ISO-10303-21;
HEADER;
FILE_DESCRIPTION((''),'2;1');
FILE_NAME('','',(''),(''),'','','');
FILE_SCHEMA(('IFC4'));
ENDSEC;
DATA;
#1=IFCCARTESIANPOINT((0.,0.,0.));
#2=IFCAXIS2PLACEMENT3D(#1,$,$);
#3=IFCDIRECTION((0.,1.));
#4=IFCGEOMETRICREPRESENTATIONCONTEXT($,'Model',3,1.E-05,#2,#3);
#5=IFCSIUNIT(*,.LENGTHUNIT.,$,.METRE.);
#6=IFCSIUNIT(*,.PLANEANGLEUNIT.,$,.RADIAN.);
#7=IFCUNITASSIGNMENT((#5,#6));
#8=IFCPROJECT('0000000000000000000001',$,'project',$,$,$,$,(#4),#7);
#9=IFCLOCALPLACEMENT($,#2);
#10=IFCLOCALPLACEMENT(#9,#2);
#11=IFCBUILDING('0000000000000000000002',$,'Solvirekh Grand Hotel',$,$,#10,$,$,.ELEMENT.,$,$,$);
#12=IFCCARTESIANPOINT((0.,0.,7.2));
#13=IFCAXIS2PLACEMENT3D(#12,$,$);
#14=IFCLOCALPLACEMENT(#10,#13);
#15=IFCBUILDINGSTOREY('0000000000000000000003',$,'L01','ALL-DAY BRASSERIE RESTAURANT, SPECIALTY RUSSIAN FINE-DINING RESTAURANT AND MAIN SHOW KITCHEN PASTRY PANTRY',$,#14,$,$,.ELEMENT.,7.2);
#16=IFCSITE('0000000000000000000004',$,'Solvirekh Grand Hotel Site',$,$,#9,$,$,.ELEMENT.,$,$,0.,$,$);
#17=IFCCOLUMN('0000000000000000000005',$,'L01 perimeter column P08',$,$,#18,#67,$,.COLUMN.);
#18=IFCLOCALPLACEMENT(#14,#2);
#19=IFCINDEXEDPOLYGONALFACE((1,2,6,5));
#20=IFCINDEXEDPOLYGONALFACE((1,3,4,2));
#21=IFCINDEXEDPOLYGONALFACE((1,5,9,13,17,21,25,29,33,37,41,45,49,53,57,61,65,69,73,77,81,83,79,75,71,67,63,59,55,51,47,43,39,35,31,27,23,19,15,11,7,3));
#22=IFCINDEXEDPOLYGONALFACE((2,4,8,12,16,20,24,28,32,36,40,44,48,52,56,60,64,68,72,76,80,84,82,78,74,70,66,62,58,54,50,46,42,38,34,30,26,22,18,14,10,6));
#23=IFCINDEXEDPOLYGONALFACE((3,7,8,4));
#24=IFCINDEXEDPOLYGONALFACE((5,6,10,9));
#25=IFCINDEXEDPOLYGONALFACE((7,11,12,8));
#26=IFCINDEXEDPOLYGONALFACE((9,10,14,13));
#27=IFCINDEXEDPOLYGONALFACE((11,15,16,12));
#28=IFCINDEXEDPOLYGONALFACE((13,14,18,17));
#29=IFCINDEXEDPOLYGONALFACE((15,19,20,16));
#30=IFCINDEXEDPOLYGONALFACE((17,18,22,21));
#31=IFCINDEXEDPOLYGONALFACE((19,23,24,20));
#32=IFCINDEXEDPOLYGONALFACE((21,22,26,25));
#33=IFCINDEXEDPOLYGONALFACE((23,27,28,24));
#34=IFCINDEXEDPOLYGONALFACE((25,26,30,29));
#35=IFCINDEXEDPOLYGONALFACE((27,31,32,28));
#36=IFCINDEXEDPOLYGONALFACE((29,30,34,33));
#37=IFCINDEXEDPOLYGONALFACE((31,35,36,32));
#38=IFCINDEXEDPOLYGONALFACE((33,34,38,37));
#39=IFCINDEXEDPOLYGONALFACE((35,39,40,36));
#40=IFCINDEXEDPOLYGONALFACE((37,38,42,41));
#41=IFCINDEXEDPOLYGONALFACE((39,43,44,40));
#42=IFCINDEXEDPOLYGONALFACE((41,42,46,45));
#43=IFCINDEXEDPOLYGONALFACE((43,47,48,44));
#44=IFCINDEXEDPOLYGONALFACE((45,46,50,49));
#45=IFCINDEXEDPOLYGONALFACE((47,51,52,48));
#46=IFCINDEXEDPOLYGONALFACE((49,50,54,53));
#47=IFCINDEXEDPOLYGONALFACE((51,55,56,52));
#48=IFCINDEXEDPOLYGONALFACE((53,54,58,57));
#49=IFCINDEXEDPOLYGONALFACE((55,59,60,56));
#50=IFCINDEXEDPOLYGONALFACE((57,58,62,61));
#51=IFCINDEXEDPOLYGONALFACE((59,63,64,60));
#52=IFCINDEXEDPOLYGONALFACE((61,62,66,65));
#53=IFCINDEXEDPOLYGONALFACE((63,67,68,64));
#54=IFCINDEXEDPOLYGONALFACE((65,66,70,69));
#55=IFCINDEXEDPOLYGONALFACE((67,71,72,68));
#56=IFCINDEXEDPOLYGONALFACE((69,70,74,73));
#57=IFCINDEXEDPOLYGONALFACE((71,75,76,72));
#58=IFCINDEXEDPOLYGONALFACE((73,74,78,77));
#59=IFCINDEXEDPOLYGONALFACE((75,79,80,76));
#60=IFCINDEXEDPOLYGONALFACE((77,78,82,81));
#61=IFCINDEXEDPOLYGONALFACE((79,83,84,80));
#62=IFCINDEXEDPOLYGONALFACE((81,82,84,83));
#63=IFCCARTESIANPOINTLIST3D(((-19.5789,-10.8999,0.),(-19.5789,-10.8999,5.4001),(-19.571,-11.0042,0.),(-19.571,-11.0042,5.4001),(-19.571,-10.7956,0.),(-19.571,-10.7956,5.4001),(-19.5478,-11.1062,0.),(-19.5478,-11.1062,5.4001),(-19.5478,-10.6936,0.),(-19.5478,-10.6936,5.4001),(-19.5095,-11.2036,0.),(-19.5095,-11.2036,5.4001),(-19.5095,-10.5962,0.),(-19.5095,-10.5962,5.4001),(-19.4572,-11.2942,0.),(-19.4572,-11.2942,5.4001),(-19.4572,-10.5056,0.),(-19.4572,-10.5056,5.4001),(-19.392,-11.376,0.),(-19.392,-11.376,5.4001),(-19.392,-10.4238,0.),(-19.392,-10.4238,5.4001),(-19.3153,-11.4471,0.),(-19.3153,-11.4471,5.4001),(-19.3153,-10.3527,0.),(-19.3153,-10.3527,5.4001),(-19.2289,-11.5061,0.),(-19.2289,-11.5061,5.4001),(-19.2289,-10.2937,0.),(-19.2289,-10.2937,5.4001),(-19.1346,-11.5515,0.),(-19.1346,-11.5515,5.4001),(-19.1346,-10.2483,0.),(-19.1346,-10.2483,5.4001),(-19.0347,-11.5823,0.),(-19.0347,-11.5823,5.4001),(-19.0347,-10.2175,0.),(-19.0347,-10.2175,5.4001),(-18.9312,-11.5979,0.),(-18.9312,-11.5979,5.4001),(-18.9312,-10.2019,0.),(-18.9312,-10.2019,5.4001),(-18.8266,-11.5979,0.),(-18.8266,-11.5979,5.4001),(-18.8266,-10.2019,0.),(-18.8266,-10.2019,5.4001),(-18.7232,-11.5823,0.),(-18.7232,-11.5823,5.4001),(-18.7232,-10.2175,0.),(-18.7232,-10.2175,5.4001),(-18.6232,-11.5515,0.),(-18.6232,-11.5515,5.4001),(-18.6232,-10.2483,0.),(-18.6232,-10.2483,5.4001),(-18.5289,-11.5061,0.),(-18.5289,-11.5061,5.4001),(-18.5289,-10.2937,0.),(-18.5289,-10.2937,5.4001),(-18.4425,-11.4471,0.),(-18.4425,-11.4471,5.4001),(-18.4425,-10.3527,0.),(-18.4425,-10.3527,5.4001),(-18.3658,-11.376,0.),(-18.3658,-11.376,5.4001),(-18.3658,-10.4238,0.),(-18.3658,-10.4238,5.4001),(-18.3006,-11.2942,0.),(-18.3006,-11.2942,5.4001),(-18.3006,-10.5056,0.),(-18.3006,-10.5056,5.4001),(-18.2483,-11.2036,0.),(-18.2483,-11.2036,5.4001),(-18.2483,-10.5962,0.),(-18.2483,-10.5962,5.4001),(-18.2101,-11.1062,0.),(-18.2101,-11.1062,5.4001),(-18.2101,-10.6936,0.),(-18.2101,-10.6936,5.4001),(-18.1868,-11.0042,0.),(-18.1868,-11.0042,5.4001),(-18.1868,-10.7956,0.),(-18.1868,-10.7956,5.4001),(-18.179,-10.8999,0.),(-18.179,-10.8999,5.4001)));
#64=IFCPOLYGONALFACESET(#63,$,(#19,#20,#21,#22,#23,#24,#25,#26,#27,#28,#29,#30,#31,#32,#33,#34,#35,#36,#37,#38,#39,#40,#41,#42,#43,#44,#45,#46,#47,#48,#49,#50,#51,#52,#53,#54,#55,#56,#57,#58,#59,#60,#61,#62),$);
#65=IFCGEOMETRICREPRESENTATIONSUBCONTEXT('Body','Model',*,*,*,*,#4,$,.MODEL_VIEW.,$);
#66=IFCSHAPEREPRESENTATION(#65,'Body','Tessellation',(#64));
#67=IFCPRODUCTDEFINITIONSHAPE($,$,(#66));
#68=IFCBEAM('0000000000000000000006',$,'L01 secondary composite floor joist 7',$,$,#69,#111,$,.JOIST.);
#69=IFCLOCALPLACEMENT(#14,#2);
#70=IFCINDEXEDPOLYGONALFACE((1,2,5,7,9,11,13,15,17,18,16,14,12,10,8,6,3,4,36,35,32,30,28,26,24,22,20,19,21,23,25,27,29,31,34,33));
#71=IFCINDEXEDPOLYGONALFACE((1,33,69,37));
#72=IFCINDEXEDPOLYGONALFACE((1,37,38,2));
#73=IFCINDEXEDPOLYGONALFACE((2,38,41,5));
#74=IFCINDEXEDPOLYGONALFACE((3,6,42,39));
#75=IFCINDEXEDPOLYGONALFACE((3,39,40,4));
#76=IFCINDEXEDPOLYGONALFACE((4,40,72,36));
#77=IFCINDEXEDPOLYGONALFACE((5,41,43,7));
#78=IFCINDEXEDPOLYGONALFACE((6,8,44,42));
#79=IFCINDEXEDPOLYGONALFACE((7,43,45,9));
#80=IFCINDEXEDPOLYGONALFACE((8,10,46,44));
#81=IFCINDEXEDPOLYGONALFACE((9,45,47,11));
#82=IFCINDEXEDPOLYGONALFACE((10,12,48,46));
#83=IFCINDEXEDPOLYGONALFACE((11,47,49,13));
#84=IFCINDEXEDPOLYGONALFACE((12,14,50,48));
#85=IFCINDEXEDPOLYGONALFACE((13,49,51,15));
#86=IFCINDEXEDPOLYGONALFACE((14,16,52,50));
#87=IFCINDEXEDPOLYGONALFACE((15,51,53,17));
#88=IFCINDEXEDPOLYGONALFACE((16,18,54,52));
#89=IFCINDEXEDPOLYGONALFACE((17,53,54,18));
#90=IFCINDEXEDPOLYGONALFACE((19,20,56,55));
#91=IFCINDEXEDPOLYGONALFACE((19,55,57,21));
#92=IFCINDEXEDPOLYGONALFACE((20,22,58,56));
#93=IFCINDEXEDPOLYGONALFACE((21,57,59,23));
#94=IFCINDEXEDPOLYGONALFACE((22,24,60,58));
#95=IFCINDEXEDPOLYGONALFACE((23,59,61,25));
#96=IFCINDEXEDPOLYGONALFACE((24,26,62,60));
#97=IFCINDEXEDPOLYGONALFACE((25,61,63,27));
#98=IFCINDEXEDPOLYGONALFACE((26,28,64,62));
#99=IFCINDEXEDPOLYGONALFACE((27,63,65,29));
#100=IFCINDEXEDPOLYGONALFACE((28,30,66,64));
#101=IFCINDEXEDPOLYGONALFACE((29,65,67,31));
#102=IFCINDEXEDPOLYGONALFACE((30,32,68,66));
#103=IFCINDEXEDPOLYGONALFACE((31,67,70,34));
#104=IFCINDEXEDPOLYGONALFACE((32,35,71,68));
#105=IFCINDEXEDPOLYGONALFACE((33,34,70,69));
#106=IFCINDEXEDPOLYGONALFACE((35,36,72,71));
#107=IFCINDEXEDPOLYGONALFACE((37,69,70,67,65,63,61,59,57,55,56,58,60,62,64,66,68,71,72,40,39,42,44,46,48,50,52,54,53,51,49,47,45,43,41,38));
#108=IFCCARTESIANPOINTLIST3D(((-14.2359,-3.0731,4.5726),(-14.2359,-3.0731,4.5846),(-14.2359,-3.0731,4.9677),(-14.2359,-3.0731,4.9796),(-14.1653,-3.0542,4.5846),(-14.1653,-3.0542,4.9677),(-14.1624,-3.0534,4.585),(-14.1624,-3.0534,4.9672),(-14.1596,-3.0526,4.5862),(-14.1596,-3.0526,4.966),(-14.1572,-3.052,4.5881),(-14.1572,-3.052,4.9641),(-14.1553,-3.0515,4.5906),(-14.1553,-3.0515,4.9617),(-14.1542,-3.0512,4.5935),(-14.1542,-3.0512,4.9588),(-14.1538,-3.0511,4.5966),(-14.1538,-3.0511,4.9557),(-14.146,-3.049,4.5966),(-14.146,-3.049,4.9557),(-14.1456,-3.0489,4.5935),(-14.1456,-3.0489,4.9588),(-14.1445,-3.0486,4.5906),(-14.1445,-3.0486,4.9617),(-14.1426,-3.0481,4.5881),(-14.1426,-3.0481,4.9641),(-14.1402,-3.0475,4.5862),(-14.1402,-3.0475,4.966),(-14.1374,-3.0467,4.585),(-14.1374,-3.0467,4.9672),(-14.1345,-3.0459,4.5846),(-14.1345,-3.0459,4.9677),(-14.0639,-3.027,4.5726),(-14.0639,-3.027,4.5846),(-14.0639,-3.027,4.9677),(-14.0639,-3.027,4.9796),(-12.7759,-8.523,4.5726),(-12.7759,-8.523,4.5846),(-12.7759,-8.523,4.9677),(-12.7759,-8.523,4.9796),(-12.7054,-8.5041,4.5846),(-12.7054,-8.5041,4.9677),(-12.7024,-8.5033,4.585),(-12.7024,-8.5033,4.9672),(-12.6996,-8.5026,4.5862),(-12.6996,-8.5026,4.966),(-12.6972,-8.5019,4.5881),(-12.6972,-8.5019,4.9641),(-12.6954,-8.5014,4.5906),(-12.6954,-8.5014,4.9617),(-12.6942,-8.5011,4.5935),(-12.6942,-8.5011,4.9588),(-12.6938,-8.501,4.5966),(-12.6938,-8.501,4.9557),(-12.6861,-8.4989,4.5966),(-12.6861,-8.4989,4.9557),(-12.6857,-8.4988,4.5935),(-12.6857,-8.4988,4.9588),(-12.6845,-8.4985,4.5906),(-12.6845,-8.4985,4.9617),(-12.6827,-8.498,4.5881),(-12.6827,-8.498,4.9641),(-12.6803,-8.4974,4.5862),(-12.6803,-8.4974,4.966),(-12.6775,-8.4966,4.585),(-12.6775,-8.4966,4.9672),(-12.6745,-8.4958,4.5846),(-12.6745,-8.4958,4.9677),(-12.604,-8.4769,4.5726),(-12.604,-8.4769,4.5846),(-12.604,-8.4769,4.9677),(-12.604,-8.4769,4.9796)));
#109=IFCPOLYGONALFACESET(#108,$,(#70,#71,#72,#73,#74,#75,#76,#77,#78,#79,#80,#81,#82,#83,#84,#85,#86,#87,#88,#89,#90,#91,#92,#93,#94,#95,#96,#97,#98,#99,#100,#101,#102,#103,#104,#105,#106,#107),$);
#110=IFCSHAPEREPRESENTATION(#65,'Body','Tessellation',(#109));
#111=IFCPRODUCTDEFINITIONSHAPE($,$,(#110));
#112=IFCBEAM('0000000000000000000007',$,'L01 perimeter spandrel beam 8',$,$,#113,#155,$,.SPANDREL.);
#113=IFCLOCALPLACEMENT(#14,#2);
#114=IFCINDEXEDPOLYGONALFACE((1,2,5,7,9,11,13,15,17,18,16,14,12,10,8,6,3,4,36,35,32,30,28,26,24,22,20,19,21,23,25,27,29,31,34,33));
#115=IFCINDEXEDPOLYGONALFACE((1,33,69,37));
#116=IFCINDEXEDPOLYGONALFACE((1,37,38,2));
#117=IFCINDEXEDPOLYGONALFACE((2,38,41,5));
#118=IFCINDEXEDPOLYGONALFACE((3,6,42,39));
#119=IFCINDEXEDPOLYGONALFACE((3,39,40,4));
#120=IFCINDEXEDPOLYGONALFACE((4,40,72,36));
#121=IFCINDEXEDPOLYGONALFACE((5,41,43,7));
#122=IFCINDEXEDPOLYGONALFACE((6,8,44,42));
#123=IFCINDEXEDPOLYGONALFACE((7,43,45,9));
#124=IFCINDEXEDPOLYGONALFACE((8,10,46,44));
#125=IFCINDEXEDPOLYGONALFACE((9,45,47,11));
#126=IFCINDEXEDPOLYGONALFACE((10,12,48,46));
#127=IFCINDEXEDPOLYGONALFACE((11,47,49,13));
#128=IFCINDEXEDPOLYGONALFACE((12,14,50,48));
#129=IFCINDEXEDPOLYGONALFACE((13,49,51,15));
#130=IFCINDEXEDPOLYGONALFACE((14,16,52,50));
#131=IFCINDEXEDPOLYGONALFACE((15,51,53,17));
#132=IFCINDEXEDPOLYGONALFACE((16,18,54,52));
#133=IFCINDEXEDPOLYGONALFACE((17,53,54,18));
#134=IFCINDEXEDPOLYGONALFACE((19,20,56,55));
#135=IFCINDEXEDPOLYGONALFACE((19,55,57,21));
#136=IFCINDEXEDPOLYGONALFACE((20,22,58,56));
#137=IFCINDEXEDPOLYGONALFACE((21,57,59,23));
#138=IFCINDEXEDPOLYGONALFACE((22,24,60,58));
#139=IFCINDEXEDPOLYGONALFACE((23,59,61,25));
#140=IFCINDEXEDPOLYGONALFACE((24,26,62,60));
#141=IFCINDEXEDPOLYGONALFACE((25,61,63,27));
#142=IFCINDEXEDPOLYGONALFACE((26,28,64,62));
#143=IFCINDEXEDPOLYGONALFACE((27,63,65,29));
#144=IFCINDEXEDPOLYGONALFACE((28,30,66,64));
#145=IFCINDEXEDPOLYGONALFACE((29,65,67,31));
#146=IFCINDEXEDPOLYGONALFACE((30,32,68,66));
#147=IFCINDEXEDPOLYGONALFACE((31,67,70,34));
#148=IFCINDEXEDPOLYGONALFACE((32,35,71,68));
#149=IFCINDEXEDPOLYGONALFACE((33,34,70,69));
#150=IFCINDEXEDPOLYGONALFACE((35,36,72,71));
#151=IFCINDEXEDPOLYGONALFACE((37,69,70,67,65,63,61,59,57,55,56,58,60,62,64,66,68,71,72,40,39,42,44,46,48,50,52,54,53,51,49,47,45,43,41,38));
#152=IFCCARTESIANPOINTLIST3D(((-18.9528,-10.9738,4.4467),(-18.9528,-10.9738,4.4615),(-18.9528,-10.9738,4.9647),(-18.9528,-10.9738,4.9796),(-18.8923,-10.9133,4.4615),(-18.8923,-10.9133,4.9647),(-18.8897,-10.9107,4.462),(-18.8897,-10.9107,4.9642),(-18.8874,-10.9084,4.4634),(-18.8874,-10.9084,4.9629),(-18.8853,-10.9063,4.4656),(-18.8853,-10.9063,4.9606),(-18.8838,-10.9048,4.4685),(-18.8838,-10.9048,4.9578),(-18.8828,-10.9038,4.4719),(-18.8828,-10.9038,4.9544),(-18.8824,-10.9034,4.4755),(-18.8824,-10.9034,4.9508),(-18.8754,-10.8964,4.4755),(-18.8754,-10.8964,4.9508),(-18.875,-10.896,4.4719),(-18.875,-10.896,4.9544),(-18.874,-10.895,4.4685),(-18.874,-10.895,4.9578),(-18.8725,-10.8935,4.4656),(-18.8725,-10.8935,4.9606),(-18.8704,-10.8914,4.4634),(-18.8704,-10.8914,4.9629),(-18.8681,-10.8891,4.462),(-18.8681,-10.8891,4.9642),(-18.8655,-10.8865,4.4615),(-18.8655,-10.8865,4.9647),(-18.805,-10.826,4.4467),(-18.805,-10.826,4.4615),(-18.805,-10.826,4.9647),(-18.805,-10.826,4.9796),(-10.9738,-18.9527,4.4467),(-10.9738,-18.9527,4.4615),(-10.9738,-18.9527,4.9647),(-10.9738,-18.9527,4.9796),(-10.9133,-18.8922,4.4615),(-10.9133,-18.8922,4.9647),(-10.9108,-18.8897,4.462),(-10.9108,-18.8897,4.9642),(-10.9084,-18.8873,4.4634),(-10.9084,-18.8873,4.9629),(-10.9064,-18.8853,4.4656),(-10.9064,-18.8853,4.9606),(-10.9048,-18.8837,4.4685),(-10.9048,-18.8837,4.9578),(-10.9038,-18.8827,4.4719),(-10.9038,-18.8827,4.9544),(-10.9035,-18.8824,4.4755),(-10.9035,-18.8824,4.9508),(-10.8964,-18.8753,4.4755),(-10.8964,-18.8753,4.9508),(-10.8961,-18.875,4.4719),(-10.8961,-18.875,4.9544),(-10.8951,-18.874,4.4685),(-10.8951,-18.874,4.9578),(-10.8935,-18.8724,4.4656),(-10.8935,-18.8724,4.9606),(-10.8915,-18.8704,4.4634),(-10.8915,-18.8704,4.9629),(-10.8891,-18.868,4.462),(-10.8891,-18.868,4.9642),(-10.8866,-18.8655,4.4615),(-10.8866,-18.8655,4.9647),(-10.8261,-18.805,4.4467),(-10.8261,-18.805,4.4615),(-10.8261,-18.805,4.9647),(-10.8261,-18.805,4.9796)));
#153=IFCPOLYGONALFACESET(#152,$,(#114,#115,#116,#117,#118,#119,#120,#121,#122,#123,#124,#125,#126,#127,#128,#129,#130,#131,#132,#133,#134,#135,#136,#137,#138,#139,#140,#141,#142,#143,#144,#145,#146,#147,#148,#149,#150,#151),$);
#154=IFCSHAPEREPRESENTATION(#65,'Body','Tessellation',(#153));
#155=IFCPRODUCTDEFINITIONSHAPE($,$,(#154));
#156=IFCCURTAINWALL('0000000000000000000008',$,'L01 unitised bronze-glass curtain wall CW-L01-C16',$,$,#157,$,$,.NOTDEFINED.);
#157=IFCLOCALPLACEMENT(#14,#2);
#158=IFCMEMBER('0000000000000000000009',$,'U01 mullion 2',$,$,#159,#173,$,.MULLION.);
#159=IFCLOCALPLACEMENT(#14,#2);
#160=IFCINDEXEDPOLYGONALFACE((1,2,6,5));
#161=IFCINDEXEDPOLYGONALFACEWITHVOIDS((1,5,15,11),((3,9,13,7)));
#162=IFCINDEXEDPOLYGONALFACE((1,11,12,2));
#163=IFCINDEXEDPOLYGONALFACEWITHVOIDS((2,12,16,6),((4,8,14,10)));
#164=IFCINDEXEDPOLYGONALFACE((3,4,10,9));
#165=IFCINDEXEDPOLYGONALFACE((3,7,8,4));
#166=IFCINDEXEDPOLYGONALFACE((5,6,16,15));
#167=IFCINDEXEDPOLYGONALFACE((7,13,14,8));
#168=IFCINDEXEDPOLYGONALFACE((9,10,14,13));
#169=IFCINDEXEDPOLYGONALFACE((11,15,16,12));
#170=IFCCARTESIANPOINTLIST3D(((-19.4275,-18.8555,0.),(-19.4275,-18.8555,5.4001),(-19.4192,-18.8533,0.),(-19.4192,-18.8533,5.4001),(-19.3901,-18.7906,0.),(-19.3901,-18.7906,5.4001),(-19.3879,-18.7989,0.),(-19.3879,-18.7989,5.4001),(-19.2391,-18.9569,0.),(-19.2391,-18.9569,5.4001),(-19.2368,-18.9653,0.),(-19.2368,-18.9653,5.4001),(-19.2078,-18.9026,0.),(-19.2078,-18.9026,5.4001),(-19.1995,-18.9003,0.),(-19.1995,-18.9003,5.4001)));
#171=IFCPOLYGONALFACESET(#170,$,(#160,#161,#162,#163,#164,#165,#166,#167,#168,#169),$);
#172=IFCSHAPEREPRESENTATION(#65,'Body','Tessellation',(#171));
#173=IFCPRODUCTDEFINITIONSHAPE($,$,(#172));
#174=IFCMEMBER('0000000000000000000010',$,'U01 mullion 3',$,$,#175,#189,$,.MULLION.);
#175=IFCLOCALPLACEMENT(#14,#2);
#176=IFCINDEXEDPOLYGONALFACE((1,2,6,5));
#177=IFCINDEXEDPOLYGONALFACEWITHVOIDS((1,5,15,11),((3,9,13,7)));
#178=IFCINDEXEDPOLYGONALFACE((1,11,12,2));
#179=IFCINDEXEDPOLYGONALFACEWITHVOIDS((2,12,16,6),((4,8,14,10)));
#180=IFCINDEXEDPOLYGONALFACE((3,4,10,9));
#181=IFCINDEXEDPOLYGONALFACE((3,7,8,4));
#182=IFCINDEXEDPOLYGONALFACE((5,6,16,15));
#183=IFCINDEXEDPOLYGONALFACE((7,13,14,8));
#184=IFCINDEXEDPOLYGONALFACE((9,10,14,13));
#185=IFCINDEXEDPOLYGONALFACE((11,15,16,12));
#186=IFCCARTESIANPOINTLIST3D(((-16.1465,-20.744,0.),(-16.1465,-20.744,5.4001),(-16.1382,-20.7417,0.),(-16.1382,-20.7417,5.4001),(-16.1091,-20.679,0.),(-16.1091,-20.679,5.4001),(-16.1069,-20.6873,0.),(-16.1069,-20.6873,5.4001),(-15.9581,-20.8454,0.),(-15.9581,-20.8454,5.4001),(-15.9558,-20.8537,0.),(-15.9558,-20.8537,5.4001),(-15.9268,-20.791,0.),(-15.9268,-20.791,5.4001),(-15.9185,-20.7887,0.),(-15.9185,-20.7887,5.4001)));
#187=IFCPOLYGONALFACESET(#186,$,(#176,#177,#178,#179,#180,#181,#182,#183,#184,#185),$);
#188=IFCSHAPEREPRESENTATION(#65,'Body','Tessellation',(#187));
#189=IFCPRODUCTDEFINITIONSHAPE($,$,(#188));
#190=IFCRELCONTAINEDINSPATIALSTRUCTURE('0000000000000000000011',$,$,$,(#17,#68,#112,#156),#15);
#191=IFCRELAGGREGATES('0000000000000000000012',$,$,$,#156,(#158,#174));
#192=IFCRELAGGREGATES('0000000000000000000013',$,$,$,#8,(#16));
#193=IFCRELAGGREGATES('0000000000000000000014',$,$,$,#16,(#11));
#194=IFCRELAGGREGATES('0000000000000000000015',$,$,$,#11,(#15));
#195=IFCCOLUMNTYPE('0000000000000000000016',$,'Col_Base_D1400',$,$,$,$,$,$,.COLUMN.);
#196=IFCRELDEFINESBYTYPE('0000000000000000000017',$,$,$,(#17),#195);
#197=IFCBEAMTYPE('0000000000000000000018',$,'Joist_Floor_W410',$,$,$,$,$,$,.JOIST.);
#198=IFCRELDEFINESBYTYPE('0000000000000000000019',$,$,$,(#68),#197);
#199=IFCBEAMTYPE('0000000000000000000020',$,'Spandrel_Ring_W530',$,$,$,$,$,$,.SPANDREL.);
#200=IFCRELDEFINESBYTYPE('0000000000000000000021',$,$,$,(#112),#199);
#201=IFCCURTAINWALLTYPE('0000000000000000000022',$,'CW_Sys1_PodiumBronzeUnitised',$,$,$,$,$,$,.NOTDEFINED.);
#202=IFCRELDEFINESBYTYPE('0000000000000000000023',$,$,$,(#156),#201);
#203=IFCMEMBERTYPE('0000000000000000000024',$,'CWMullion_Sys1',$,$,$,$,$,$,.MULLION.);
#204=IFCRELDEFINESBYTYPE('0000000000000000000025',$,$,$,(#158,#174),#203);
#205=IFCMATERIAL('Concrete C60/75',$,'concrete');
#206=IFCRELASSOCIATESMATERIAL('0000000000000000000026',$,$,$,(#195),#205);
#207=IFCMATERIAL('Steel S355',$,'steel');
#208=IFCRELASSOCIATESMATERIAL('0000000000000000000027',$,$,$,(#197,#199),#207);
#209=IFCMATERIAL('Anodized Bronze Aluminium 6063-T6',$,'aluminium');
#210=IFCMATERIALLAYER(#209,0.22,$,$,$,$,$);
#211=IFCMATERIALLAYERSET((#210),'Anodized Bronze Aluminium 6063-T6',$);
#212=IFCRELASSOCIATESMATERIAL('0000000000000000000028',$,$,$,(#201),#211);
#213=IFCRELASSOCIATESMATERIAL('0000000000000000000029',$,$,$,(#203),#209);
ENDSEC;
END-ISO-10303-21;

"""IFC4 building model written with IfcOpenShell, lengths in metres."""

from ifc_helpers import new_model, si_unit, direction, frame, origin, origin_2d, place, context, subcontext, project, spatial, hollow_rectangle, circle, i_section, extrude, source, transform, mapped, material, layer, layer_set, material_profile, profile_set, type_object, element, aggregate, save


model = new_model("IFC4")

# Units and contexts
model_context = context("Model", 3, precision=1e-05, world=origin(), true_north=direction((0.0, 1.0)))
body_context = subcontext(model_context, "Body", "Model", "MODEL_VIEW")
ifc_project = project(units=[si_unit("LENGTHUNIT", "METRE"), si_unit("PLANEANGLEUNIT", "RADIAN")], contexts=[model_context])

# Site, building, storey
site_placement = place(None, origin())
site = spatial("IfcSite", under=ifc_project, at=site_placement, Name="Solvirekh Grand Hotel Site", CompositionType="ELEMENT", RefElevation=0.0)
building_placement = place(site_placement, origin())
building = spatial("IfcBuilding", under=site, at=building_placement, Name="Solvirekh Grand Hotel", CompositionType="ELEMENT")
storey_placement = place(building_placement, frame((0.0, 0.0, 7.2)))
storey = spatial("IfcBuildingStorey", under=building, at=storey_placement, Name="L01", Description="ALL-DAY BRASSERIE RESTAURANT, SPECIALTY RUSSIAN FINE-DINING RESTAURANT AND MAIN SHOW KITCHEN PASTRY PANTRY", CompositionType="ELEMENT", Elevation=7.2)

# Column
ifc_material_1 = material(Name="Concrete C60/75", Category="concrete")
ifc_material_profile_1 = material_profile(ifc_material_1, circle(Radius=0.7, at=origin_2d()), Name="RC CIRC D1400")
ifc_profile_set_1 = profile_set([ifc_material_profile_1], Name="Concrete C60/75")
column_type = type_object("IfcColumnType", Name="Col_Base_D1400", PredefinedType="COLUMN", material=ifc_profile_set_1)
column_placement = place(storey_placement, frame((-18.8789, -10.8999, 0.0), z_axis=(0.0, 0.0, 1.0), x_axis=(1.0, 0.0, 0.0)))
element("IfcColumn", 1, at=column_placement, inside=storey, type_object=column_type, Name="L01 perimeter column P08", PredefinedType="COLUMN", context=body_context, shape_type="SweptSolid", body=[
    extrude(circle(Radius=0.7, at=origin_2d()), origin(), (0.0, 0.0, 1.0), 5.4001),
])

# Beams
ifc_material_2 = material(Name="Steel S355", Category="steel")
ifc_material_profile_2 = material_profile(ifc_material_2, i_section(OverallWidth=0.178, OverallDepth=0.407, WebThickness=0.0081, FlangeThickness=0.012, FilletRadius=0.012, at=origin_2d()), Name="W410X60")
ifc_profile_set_2 = profile_set([ifc_material_profile_2], Name="Steel S355")
beam_type_1 = type_object("IfcBeamType", Name="Joist_Floor_W410", PredefinedType="JOIST", material=ifc_profile_set_2)
beam_1_placement = place(storey_placement, frame((-14.1499, -3.05, 4.7761), z_axis=(0.258761, -0.965941, 0.0), x_axis=(0.965941, 0.258761, 0.0)))
element("IfcBeam", 2, at=beam_1_placement, inside=storey, type_object=beam_type_1, Name="L01 secondary composite floor joist 7", PredefinedType="JOIST", context=body_context, shape_type="SweptSolid", body=[
    extrude(i_section(OverallWidth=0.178, OverallDepth=0.407, WebThickness=0.0081, FlangeThickness=0.012, FilletRadius=0.012, at=origin_2d()), origin(), (0.0, 0.0, 1.0), 5.6421),
])
ifc_material_profile_3 = material_profile(ifc_material_2, i_section(OverallWidth=0.209, OverallDepth=0.533, WebThickness=0.01, FlangeThickness=0.0149, FilletRadius=0.0139, at=origin_2d()), Name="W530X92")
ifc_profile_set_3 = profile_set([ifc_material_profile_3], Name="Steel S355")
beam_type_2 = type_object("IfcBeamType", Name="Spandrel_Ring_W530", PredefinedType="SPANDREL", material=ifc_profile_set_3)
beam_2_placement = place(storey_placement, frame((-18.8789, -10.8999, 4.7131), z_axis=(0.707107, -0.707107, 0.0), x_axis=(0.707107, 0.707107, 0.0)))
element("IfcBeam", 3, at=beam_2_placement, inside=storey, type_object=beam_type_2, Name="L01 perimeter spandrel beam 8", PredefinedType="SPANDREL", context=body_context, shape_type="SweptSolid", body=[
    extrude(i_section(OverallWidth=0.209, OverallDepth=0.533, WebThickness=0.01, FlangeThickness=0.0149, FilletRadius=0.0139, at=origin_2d()), origin(), (0.0, 0.0, 1.0), 11.2839),
])

# Curtain wall, members
ifc_material_3 = material(Name="Anodized Bronze Aluminium 6063-T6", Category="aluminium")
ifc_layer_1 = layer(ifc_material_3, 0.22)
ifc_layer_set_1 = layer_set([ifc_layer_1], Name="Anodized Bronze Aluminium 6063-T6")
curtain_wall_type = type_object("IfcCurtainWallType", Name="CW_Sys1_PodiumBronzeUnitised", PredefinedType="NOTDEFINED", material=ifc_layer_set_1)
curtain_wall_1_placement = place(storey_placement, origin())
curtain_wall_1 = element("IfcCurtainWall", 4, at=curtain_wall_1_placement, inside=storey, type_object=curtain_wall_type, Name="L01 unitised bronze-glass curtain wall CW-L01-C16", PredefinedType="NOTDEFINED")
ifc_material_profile_4 = material_profile(ifc_material_3, hollow_rectangle(XDim=0.075, YDim=0.22, WallThickness=0.0061, at=origin_2d()), Name="ALU RHS 220X75X6")
ifc_profile_set_4 = profile_set([ifc_material_profile_4], Name="Anodized Bronze Aluminium 6063-T6")
member_type_1 = type_object("IfcMemberType", Name="CWMullion_Sys1", PredefinedType="MULLION", material=ifc_profile_set_4)
shared_shape_1 = source(origin(), body_context, "Body", "SweptSolid", [
    extrude(hollow_rectangle(XDim=0.075, YDim=0.22, WallThickness=0.0061, at=origin_2d()), origin(), (0.0, 0.0, 1.0), 5.4001),
])
member_1_placement = place(storey_placement, frame((-19.3135, -18.8779, 0.0), z_axis=(0.0, 0.0, 1.0), x_axis=(0.498813, 0.86671, 0.0)))
member_1 = element("IfcMember", 5, at=member_1_placement, type_object=member_type_1, Name="U01 mullion 2", PredefinedType="MULLION", context=body_context, shape_type="MappedRepresentation", body=[
    mapped(shared_shape_1, transform((0.0, 0.0, 0.0), x_axis=(1.0, 0.0, 0.0), y_axis=(0.0, 1.0, 0.0), z_axis=(0.0, 0.0, 1.0), scale=1.0)),
])
member_2_placement = place(storey_placement, frame((-16.0325, -20.7664, 0.0), z_axis=(0.0, 0.0, 1.0), x_axis=(0.498813, 0.86671, 0.0)))
member_2 = element("IfcMember", 6, at=member_2_placement, type_object=member_type_1, Name="U01 mullion 3", PredefinedType="MULLION", context=body_context, shape_type="MappedRepresentation", body=[
    mapped(shared_shape_1, transform((0.0, 0.0, 0.0), x_axis=(1.0, 0.0, 0.0), y_axis=(0.0, 1.0, 0.0), z_axis=(0.0, 0.0, 1.0), scale=1.0)),
])

aggregate(curtain_wall_1, [member_1, member_2])

save(model, "model.ifc")
